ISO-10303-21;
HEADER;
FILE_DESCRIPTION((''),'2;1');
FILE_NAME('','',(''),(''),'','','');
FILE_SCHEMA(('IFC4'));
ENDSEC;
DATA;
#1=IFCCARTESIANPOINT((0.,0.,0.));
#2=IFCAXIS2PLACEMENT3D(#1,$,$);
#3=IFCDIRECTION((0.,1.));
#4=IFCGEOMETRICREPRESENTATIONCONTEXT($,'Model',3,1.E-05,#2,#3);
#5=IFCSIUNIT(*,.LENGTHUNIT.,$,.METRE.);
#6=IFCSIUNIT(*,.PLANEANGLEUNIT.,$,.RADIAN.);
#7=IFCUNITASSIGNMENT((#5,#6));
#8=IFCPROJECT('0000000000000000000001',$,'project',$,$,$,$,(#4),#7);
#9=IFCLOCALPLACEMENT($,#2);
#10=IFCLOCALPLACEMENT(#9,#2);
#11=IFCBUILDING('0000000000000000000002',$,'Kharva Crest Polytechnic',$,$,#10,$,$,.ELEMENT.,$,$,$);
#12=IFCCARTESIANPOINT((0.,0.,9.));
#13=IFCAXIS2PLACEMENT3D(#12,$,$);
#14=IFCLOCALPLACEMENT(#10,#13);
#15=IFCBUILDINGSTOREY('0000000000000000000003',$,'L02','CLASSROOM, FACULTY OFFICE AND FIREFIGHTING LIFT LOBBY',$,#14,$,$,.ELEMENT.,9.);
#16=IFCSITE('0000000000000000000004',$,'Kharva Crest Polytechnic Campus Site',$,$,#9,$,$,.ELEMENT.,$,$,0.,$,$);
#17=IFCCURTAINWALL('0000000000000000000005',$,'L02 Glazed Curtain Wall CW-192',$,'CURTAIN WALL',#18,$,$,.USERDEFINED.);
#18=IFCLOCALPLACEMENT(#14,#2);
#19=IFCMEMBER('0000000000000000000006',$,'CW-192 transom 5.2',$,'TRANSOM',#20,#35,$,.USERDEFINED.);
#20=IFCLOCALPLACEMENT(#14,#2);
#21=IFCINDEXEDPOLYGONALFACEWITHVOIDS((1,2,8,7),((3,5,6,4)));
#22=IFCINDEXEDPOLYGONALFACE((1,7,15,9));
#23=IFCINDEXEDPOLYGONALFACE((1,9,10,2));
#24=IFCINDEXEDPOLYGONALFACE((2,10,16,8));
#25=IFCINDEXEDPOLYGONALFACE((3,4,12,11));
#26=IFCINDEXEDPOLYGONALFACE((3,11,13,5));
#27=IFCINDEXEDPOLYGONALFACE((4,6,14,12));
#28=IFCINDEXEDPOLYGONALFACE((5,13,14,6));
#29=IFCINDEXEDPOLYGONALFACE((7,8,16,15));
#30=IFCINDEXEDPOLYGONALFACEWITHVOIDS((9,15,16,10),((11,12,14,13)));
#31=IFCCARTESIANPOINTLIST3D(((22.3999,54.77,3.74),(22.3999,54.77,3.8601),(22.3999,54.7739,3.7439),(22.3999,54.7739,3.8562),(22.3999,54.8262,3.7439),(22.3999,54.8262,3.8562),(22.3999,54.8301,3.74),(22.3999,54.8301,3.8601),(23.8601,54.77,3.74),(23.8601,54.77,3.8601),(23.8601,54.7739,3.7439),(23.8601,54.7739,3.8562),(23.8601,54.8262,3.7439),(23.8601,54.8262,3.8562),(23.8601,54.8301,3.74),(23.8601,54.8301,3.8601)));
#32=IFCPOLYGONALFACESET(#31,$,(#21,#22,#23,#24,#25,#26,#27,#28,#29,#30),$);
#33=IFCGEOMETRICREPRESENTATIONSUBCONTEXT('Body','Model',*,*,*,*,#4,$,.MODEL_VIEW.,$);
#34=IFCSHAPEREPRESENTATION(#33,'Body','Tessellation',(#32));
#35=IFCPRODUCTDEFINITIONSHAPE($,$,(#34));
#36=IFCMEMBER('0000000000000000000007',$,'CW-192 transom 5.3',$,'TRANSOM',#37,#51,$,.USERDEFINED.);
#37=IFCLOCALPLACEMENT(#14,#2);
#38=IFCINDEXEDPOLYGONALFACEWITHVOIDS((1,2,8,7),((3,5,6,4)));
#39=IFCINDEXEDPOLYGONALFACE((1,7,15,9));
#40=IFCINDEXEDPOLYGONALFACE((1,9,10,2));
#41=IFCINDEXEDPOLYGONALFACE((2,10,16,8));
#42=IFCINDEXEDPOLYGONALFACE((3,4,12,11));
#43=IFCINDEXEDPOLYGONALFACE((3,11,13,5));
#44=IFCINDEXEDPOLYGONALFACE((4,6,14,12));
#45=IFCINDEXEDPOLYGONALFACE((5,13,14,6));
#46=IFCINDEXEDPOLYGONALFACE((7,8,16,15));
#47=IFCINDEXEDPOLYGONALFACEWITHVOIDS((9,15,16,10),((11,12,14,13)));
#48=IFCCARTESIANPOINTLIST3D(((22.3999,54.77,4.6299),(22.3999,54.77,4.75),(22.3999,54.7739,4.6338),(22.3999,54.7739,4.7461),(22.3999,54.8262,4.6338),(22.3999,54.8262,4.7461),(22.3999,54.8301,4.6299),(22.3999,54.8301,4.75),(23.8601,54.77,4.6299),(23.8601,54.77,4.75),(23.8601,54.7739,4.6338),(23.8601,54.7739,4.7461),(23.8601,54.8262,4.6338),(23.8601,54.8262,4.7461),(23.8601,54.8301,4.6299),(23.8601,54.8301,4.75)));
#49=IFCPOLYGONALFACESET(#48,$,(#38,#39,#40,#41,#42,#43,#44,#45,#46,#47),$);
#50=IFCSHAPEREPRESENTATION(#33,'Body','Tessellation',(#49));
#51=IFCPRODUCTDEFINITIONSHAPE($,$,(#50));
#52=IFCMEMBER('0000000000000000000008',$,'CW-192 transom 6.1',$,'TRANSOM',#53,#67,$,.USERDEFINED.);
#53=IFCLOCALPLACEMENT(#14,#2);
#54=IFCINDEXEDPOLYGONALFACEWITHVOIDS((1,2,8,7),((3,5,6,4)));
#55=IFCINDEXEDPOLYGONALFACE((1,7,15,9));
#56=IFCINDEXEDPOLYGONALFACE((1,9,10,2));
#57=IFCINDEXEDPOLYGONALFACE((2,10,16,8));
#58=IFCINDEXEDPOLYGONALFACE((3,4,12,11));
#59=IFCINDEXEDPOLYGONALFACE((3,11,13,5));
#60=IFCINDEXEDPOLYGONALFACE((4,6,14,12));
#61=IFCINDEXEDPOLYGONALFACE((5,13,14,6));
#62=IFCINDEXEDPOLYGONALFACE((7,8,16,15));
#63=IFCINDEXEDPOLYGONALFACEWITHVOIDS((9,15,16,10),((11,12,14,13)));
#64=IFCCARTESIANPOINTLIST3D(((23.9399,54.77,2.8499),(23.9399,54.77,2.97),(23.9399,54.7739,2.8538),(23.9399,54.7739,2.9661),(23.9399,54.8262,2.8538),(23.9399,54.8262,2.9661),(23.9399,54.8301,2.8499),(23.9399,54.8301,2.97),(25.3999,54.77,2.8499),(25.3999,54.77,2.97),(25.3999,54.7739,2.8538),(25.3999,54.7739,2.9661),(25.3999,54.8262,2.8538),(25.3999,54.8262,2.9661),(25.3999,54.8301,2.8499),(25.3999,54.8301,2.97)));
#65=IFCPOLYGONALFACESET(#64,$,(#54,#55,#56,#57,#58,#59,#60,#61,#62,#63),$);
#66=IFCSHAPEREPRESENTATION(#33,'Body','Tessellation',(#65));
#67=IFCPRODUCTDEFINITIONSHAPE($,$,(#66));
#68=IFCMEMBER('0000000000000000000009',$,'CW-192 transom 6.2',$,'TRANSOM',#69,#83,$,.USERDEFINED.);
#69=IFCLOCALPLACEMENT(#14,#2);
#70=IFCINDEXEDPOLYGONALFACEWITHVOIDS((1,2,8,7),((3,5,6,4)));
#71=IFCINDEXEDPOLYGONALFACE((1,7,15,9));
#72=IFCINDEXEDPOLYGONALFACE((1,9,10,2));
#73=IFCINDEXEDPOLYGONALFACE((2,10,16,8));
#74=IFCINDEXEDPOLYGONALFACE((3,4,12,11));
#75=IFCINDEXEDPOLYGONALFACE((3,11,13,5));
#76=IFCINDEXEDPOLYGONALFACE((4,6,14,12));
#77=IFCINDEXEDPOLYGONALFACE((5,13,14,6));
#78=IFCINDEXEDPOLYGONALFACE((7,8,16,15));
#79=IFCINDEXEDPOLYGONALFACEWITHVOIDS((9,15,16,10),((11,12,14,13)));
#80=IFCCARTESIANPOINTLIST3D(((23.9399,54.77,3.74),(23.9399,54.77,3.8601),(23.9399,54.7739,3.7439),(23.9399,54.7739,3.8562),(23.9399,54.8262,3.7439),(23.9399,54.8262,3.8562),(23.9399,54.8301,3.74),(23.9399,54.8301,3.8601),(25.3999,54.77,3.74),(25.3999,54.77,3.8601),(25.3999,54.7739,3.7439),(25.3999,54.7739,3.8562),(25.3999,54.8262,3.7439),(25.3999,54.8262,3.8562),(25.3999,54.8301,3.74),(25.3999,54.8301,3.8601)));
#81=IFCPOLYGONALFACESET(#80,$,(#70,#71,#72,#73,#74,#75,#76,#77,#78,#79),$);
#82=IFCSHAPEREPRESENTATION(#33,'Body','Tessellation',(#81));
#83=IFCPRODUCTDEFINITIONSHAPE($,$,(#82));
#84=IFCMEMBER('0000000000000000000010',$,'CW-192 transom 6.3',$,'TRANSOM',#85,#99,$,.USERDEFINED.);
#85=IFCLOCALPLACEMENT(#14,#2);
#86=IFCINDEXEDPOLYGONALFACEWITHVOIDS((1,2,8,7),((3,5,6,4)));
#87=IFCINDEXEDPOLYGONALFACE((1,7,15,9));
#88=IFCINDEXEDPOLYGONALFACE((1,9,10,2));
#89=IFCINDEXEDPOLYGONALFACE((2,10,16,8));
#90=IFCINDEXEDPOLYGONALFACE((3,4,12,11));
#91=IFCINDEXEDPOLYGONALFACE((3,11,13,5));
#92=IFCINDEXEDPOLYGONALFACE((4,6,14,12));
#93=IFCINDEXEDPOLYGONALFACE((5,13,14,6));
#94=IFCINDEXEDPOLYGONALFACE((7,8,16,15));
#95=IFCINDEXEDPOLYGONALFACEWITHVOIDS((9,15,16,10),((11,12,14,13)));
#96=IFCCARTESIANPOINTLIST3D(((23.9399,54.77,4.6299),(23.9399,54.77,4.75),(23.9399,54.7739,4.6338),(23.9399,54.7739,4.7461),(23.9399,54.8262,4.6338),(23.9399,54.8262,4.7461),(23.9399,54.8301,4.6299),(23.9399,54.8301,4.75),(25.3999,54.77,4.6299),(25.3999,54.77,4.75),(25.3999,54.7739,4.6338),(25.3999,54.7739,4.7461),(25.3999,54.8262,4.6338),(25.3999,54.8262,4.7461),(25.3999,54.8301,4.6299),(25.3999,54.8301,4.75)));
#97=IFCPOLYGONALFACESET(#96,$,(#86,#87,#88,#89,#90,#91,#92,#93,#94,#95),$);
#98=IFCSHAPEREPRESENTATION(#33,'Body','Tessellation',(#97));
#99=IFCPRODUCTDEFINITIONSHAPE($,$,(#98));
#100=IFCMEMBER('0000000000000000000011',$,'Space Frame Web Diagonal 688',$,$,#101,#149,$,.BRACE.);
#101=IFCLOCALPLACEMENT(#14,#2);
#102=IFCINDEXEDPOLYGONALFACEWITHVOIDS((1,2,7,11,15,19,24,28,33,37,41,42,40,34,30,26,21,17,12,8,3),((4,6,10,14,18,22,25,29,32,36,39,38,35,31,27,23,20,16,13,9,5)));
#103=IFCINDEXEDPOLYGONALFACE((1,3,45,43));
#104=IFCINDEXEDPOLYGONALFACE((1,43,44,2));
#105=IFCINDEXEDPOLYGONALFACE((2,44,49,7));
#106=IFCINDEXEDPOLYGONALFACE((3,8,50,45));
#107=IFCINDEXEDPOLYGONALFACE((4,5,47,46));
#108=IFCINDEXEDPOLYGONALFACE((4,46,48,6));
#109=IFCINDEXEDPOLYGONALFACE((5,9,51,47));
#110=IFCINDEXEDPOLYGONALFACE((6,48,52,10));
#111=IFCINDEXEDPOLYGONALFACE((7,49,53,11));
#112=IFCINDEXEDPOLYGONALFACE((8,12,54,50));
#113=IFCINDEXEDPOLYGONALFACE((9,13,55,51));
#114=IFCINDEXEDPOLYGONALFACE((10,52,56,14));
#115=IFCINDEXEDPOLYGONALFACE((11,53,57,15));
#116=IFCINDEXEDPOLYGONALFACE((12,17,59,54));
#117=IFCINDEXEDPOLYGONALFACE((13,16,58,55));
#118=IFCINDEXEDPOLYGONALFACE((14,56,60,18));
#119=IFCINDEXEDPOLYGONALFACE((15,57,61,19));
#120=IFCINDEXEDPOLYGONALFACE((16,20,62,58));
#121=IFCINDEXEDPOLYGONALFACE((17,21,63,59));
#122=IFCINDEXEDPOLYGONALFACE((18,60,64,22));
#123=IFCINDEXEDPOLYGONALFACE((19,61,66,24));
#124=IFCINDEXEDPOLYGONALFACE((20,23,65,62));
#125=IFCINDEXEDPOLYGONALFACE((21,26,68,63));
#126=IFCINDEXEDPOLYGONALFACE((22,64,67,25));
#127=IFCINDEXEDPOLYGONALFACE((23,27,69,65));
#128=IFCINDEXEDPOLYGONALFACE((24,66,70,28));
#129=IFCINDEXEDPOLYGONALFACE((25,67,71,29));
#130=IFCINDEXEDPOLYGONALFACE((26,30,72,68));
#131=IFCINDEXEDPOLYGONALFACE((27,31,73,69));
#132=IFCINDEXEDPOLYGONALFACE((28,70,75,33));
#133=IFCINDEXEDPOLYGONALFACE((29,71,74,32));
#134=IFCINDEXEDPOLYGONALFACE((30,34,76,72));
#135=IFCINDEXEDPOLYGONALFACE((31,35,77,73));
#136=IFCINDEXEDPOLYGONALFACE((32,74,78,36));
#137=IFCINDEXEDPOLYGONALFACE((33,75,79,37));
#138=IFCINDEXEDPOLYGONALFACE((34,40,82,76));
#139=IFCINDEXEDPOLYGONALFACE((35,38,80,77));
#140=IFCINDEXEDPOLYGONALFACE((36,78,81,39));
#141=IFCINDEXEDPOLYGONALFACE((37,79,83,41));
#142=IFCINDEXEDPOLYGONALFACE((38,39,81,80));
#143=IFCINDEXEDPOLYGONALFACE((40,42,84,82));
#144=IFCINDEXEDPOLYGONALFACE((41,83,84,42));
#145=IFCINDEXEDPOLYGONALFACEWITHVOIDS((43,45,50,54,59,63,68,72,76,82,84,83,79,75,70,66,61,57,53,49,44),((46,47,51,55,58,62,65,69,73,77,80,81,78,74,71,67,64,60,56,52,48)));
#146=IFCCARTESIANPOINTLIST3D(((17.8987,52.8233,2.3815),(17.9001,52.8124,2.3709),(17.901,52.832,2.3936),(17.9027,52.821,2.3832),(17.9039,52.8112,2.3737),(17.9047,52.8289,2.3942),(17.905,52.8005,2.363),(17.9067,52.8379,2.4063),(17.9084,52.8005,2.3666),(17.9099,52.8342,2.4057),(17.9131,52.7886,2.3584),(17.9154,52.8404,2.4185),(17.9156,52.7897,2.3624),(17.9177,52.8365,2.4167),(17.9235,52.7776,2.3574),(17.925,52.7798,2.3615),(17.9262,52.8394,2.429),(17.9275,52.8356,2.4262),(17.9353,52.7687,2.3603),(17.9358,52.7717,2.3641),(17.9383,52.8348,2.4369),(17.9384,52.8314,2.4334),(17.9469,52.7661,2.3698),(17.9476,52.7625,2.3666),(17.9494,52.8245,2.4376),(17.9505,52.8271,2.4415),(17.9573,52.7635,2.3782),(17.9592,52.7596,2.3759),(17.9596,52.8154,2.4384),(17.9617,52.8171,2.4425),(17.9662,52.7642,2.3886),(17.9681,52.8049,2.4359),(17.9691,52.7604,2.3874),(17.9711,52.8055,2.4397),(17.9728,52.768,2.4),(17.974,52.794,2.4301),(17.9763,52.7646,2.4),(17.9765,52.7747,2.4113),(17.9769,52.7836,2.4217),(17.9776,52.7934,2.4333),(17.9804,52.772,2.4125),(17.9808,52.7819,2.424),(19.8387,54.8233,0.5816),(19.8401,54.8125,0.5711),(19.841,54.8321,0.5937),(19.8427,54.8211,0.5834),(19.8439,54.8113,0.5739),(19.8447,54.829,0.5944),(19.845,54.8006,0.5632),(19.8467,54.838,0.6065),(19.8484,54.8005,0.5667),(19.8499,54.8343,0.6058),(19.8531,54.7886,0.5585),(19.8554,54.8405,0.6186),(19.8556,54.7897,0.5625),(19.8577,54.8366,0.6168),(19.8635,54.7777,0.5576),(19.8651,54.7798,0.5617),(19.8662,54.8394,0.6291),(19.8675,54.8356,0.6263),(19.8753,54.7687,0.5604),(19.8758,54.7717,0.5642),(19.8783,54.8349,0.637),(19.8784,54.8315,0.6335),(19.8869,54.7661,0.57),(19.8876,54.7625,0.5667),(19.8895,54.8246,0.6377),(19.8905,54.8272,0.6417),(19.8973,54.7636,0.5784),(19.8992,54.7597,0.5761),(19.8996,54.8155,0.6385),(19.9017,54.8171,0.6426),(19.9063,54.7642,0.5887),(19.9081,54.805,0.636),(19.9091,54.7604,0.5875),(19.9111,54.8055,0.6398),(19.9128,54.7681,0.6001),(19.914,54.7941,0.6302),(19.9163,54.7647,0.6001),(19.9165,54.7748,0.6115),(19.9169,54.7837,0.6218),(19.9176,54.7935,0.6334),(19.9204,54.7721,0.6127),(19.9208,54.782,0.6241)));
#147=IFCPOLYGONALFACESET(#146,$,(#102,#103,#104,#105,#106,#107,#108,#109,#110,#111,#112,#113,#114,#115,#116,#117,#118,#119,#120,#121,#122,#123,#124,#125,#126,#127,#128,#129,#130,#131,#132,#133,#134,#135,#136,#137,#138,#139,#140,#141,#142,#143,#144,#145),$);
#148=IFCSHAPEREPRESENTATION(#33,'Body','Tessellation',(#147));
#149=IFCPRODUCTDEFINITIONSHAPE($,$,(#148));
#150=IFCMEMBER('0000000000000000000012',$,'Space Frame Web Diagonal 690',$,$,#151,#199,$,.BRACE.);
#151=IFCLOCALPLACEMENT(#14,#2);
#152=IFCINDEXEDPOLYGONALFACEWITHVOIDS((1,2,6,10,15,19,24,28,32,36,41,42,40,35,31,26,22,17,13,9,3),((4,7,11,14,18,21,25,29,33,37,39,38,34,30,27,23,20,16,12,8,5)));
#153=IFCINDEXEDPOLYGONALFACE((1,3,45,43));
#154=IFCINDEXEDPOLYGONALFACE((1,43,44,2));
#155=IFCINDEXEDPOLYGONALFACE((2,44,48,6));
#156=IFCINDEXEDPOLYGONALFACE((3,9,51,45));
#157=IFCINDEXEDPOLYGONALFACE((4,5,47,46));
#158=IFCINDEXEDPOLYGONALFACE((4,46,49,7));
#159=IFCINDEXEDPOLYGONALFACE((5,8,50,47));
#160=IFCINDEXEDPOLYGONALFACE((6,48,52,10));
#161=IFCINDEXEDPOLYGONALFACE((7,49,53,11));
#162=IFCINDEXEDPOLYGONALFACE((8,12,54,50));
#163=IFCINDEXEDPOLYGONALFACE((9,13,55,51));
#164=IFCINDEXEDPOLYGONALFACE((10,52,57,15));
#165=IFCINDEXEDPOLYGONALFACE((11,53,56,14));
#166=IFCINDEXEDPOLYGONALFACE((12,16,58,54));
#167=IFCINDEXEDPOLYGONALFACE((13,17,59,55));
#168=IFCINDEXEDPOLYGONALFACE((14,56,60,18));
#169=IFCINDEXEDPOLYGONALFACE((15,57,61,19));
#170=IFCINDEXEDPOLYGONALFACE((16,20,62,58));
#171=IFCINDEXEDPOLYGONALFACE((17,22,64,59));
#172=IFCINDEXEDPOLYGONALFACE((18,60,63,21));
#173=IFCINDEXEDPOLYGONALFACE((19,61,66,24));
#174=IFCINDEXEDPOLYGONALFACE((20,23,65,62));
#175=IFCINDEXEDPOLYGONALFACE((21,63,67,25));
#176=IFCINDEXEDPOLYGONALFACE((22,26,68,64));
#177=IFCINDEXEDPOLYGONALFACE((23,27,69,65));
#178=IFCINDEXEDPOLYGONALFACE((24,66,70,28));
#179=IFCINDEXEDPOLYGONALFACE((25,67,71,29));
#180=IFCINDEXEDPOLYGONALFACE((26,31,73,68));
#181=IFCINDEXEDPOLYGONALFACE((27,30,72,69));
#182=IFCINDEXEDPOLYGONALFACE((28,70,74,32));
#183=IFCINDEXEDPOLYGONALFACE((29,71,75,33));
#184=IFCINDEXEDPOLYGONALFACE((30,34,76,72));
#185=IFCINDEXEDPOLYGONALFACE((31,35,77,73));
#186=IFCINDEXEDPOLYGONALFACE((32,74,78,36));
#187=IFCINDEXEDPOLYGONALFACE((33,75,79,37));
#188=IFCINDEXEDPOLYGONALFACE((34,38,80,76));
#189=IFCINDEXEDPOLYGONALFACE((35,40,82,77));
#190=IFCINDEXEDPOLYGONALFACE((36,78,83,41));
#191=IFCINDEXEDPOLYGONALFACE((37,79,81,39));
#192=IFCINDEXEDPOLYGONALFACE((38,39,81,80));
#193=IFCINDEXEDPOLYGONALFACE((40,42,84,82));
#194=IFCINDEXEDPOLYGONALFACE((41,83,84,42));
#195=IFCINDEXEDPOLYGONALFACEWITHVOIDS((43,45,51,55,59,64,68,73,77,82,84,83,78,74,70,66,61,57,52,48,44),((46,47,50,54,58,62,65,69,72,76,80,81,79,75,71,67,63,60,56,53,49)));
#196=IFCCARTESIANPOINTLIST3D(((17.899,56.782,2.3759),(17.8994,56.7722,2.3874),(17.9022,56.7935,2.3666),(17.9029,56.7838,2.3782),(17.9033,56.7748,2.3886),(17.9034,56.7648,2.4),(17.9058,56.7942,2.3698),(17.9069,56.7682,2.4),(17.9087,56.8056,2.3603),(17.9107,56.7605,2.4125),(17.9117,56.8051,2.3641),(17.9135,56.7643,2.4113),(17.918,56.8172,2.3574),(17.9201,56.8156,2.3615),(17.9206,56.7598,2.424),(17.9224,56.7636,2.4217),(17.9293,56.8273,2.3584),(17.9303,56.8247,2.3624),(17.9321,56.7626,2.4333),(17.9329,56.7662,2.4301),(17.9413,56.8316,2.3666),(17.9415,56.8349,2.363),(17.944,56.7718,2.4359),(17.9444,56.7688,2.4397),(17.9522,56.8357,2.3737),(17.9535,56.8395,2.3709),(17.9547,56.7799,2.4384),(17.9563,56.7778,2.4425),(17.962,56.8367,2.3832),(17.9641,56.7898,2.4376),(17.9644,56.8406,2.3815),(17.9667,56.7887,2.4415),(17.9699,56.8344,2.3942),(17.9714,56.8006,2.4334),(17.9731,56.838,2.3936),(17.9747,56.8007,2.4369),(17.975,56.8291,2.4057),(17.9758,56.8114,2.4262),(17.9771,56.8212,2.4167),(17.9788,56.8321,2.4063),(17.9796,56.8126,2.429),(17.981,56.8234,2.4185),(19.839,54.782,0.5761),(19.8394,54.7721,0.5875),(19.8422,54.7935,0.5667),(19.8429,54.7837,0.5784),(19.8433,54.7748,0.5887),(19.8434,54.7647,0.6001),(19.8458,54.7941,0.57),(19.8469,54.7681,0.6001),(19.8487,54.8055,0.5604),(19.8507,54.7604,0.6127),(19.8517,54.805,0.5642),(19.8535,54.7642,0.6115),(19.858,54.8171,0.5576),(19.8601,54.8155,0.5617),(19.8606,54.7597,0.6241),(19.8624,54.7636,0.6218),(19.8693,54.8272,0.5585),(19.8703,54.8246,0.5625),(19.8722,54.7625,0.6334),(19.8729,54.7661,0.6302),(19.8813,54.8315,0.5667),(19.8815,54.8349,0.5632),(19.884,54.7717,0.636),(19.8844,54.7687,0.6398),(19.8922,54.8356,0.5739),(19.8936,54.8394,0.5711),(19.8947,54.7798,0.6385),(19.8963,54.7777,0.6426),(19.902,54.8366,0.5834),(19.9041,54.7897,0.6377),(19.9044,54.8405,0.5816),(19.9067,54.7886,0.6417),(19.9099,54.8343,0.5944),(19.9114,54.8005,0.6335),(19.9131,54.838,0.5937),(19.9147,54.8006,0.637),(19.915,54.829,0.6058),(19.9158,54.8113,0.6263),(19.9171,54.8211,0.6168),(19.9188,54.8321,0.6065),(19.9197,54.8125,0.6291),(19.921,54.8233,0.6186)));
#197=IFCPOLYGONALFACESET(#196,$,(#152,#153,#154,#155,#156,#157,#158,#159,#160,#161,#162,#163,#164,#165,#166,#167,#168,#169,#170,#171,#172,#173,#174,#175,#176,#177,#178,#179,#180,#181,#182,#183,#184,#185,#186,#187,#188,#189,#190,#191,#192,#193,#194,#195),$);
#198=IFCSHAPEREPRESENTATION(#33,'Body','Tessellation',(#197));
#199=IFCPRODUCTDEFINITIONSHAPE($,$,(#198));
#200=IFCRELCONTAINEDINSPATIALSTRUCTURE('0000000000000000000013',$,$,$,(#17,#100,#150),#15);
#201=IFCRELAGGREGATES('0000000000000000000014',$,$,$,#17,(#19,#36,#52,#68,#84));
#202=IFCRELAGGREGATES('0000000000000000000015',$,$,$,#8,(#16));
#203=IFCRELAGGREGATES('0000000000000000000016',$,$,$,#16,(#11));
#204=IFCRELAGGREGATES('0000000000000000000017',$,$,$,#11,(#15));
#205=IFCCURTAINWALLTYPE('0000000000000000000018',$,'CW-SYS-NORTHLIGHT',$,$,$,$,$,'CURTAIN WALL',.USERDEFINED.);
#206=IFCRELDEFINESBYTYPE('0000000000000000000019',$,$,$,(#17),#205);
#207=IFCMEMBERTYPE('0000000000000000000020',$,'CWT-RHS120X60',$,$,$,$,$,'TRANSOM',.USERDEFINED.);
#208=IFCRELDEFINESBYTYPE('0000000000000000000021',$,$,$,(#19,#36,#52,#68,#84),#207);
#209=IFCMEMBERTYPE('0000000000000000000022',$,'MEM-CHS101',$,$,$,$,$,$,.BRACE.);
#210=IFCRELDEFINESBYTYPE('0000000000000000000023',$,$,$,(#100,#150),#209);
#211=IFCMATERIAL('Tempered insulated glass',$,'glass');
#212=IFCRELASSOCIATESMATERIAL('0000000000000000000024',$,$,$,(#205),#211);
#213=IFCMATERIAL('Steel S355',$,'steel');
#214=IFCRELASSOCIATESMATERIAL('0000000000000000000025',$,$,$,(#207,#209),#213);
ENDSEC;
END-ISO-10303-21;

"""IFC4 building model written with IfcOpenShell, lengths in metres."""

from ifc_helpers import new_model, si_unit, direction, frame, origin, origin_2d, place, context, subcontext, project, spatial, hollow_rectangle, hollow_circle, extrude, material, material_profile, profile_set, type_object, element, aggregate, save


model = new_model("IFC4")

# Units and contexts
model_context = context("Model", 3, precision=1e-05, world=origin(), true_north=direction((0.0, 1.0)))
body_context = subcontext(model_context, "Body", "Model", "MODEL_VIEW")
ifc_project = project(units=[si_unit("LENGTHUNIT", "METRE"), si_unit("PLANEANGLEUNIT", "RADIAN")], contexts=[model_context])

# Site, building, storey
site_placement = place(None, origin())
site = spatial("IfcSite", under=ifc_project, at=site_placement, Name="Kharva Crest Polytechnic Campus Site", CompositionType="ELEMENT", RefElevation=0.0)
building_placement = place(site_placement, origin())
building = spatial("IfcBuilding", under=site, at=building_placement, Name="Kharva Crest Polytechnic", CompositionType="ELEMENT")
storey_placement = place(building_placement, frame((0.0, 0.0, 9.0)))
storey = spatial("IfcBuildingStorey", under=building, at=storey_placement, Name="L02", Description="CLASSROOM, FACULTY OFFICE AND FIREFIGHTING LIFT LOBBY", CompositionType="ELEMENT", Elevation=9.0)

# Curtain wall, members
ifc_material_1 = material(Name="Tempered insulated glass", Category="glass")
curtain_wall_type = type_object("IfcCurtainWallType", Name="CW-SYS-NORTHLIGHT", ElementType="CURTAIN WALL", PredefinedType="USERDEFINED", material=ifc_material_1)
curtain_wall_placement = place(storey_placement, origin())
curtain_wall = element("IfcCurtainWall", 1, at=curtain_wall_placement, inside=storey, type_object=curtain_wall_type, Name="L02 Glazed Curtain Wall CW-192", ObjectType="CURTAIN WALL", PredefinedType="USERDEFINED")
ifc_material_2 = material(Name="Steel S355", Category="steel")
ifc_material_profile_1 = material_profile(ifc_material_2, hollow_rectangle(XDim=0.0601, YDim=0.1201, WallThickness=0.0039, at=origin_2d()), Name="RHS 120X60X4.0")
ifc_profile_set_1 = profile_set([ifc_material_profile_1], Name="Steel S355")
member_type_1 = type_object("IfcMemberType", Name="CWT-RHS120X60", ElementType="TRANSOM", PredefinedType="USERDEFINED", material=ifc_profile_set_1)
member_1_placement = place(storey_placement, frame((22.3999, 54.8, 3.8), z_axis=(1.0, 0.0, 0.0), x_axis=(0.0, 1.0, 0.0)))
member_1 = element("IfcMember", 2, at=member_1_placement, type_object=member_type_1, Name="CW-192 transom 5.2", ObjectType="TRANSOM", PredefinedType="USERDEFINED", context=body_context, shape_type="SweptSolid", body=[
    extrude(hollow_rectangle(XDim=0.0601, YDim=0.1201, WallThickness=0.0039, at=origin_2d()), origin(), (0.0, 0.0, 1.0), 1.4602),
])
member_2_placement = place(storey_placement, frame((22.3999, 54.8, 4.6899), z_axis=(1.0, 0.0, 0.0), x_axis=(0.0, 1.0, 0.0)))
member_2 = element("IfcMember", 3, at=member_2_placement, type_object=member_type_1, Name="CW-192 transom 5.3", ObjectType="TRANSOM", PredefinedType="USERDEFINED", context=body_context, shape_type="SweptSolid", body=[
    extrude(hollow_rectangle(XDim=0.0601, YDim=0.1201, WallThickness=0.0039, at=origin_2d()), origin(), (0.0, 0.0, 1.0), 1.4602),
])
member_3_placement = place(storey_placement, frame((23.9399, 54.8, 2.9099), z_axis=(1.0, 0.0, 0.0), x_axis=(0.0, 1.0, 0.0)))
member_3 = element("IfcMember", 4, at=member_3_placement, type_object=member_type_1, Name="CW-192 transom 6.1", ObjectType="TRANSOM", PredefinedType="USERDEFINED", context=body_context, shape_type="SweptSolid", body=[
    extrude(hollow_rectangle(XDim=0.0601, YDim=0.1201, WallThickness=0.0039, at=origin_2d()), origin(), (0.0, 0.0, 1.0), 1.46),
])
member_4_placement = place(storey_placement, frame((23.9399, 54.8, 3.8), z_axis=(1.0, 0.0, 0.0), x_axis=(0.0, 1.0, 0.0)))
member_4 = element("IfcMember", 5, at=member_4_placement, type_object=member_type_1, Name="CW-192 transom 6.2", ObjectType="TRANSOM", PredefinedType="USERDEFINED", context=body_context, shape_type="SweptSolid", body=[
    extrude(hollow_rectangle(XDim=0.0601, YDim=0.1201, WallThickness=0.0039, at=origin_2d()), origin(), (0.0, 0.0, 1.0), 1.46),
])
member_5_placement = place(storey_placement, frame((23.9399, 54.8, 4.6899), z_axis=(1.0, 0.0, 0.0), x_axis=(0.0, 1.0, 0.0)))
member_5 = element("IfcMember", 6, at=member_5_placement, type_object=member_type_1, Name="CW-192 transom 6.3", ObjectType="TRANSOM", PredefinedType="USERDEFINED", context=body_context, shape_type="SweptSolid", body=[
    extrude(hollow_rectangle(XDim=0.0601, YDim=0.1201, WallThickness=0.0039, at=origin_2d()), origin(), (0.0, 0.0, 1.0), 1.46),
])

# Members
ifc_material_profile_2 = material_profile(ifc_material_2, hollow_circle(Radius=0.0508, WallThickness=0.0049, at=origin_2d()), Name="CHS 101.6X5.0")
ifc_profile_set_2 = profile_set([ifc_material_profile_2], Name="Steel S355")
member_type_2 = type_object("IfcMemberType", Name="MEM-CHS101", PredefinedType="BRACE", material=ifc_profile_set_2)
for number, where, z_axis, x_axis, name in (
    (7, (19.8799, 54.8, 0.6001), (-0.584843, -0.60295, 0.542596), (0.717802, -0.696247, 0.0), "Space Frame Web Diagonal 688"),
    (8, (19.8799, 54.8, 0.6001), (-0.584843, 0.60295, 0.542596), (-0.717802, -0.696247, 0.0), "Space Frame Web Diagonal 690"),
):
    element("IfcMember", number, at=place(storey_placement, frame(where, z_axis=z_axis, x_axis=x_axis)), inside=storey, type_object=member_type_2, Name=name, PredefinedType="BRACE", context=body_context, shape_type="SweptSolid", body=[
        extrude(hollow_circle(Radius=0.0508, WallThickness=0.0049, at=origin_2d()), origin(), (0.0, 0.0, 1.0), 3.3171),
    ])

aggregate(curtain_wall, [member_1, member_2, member_3, member_4, member_5])

save(model, "model.ifc")
